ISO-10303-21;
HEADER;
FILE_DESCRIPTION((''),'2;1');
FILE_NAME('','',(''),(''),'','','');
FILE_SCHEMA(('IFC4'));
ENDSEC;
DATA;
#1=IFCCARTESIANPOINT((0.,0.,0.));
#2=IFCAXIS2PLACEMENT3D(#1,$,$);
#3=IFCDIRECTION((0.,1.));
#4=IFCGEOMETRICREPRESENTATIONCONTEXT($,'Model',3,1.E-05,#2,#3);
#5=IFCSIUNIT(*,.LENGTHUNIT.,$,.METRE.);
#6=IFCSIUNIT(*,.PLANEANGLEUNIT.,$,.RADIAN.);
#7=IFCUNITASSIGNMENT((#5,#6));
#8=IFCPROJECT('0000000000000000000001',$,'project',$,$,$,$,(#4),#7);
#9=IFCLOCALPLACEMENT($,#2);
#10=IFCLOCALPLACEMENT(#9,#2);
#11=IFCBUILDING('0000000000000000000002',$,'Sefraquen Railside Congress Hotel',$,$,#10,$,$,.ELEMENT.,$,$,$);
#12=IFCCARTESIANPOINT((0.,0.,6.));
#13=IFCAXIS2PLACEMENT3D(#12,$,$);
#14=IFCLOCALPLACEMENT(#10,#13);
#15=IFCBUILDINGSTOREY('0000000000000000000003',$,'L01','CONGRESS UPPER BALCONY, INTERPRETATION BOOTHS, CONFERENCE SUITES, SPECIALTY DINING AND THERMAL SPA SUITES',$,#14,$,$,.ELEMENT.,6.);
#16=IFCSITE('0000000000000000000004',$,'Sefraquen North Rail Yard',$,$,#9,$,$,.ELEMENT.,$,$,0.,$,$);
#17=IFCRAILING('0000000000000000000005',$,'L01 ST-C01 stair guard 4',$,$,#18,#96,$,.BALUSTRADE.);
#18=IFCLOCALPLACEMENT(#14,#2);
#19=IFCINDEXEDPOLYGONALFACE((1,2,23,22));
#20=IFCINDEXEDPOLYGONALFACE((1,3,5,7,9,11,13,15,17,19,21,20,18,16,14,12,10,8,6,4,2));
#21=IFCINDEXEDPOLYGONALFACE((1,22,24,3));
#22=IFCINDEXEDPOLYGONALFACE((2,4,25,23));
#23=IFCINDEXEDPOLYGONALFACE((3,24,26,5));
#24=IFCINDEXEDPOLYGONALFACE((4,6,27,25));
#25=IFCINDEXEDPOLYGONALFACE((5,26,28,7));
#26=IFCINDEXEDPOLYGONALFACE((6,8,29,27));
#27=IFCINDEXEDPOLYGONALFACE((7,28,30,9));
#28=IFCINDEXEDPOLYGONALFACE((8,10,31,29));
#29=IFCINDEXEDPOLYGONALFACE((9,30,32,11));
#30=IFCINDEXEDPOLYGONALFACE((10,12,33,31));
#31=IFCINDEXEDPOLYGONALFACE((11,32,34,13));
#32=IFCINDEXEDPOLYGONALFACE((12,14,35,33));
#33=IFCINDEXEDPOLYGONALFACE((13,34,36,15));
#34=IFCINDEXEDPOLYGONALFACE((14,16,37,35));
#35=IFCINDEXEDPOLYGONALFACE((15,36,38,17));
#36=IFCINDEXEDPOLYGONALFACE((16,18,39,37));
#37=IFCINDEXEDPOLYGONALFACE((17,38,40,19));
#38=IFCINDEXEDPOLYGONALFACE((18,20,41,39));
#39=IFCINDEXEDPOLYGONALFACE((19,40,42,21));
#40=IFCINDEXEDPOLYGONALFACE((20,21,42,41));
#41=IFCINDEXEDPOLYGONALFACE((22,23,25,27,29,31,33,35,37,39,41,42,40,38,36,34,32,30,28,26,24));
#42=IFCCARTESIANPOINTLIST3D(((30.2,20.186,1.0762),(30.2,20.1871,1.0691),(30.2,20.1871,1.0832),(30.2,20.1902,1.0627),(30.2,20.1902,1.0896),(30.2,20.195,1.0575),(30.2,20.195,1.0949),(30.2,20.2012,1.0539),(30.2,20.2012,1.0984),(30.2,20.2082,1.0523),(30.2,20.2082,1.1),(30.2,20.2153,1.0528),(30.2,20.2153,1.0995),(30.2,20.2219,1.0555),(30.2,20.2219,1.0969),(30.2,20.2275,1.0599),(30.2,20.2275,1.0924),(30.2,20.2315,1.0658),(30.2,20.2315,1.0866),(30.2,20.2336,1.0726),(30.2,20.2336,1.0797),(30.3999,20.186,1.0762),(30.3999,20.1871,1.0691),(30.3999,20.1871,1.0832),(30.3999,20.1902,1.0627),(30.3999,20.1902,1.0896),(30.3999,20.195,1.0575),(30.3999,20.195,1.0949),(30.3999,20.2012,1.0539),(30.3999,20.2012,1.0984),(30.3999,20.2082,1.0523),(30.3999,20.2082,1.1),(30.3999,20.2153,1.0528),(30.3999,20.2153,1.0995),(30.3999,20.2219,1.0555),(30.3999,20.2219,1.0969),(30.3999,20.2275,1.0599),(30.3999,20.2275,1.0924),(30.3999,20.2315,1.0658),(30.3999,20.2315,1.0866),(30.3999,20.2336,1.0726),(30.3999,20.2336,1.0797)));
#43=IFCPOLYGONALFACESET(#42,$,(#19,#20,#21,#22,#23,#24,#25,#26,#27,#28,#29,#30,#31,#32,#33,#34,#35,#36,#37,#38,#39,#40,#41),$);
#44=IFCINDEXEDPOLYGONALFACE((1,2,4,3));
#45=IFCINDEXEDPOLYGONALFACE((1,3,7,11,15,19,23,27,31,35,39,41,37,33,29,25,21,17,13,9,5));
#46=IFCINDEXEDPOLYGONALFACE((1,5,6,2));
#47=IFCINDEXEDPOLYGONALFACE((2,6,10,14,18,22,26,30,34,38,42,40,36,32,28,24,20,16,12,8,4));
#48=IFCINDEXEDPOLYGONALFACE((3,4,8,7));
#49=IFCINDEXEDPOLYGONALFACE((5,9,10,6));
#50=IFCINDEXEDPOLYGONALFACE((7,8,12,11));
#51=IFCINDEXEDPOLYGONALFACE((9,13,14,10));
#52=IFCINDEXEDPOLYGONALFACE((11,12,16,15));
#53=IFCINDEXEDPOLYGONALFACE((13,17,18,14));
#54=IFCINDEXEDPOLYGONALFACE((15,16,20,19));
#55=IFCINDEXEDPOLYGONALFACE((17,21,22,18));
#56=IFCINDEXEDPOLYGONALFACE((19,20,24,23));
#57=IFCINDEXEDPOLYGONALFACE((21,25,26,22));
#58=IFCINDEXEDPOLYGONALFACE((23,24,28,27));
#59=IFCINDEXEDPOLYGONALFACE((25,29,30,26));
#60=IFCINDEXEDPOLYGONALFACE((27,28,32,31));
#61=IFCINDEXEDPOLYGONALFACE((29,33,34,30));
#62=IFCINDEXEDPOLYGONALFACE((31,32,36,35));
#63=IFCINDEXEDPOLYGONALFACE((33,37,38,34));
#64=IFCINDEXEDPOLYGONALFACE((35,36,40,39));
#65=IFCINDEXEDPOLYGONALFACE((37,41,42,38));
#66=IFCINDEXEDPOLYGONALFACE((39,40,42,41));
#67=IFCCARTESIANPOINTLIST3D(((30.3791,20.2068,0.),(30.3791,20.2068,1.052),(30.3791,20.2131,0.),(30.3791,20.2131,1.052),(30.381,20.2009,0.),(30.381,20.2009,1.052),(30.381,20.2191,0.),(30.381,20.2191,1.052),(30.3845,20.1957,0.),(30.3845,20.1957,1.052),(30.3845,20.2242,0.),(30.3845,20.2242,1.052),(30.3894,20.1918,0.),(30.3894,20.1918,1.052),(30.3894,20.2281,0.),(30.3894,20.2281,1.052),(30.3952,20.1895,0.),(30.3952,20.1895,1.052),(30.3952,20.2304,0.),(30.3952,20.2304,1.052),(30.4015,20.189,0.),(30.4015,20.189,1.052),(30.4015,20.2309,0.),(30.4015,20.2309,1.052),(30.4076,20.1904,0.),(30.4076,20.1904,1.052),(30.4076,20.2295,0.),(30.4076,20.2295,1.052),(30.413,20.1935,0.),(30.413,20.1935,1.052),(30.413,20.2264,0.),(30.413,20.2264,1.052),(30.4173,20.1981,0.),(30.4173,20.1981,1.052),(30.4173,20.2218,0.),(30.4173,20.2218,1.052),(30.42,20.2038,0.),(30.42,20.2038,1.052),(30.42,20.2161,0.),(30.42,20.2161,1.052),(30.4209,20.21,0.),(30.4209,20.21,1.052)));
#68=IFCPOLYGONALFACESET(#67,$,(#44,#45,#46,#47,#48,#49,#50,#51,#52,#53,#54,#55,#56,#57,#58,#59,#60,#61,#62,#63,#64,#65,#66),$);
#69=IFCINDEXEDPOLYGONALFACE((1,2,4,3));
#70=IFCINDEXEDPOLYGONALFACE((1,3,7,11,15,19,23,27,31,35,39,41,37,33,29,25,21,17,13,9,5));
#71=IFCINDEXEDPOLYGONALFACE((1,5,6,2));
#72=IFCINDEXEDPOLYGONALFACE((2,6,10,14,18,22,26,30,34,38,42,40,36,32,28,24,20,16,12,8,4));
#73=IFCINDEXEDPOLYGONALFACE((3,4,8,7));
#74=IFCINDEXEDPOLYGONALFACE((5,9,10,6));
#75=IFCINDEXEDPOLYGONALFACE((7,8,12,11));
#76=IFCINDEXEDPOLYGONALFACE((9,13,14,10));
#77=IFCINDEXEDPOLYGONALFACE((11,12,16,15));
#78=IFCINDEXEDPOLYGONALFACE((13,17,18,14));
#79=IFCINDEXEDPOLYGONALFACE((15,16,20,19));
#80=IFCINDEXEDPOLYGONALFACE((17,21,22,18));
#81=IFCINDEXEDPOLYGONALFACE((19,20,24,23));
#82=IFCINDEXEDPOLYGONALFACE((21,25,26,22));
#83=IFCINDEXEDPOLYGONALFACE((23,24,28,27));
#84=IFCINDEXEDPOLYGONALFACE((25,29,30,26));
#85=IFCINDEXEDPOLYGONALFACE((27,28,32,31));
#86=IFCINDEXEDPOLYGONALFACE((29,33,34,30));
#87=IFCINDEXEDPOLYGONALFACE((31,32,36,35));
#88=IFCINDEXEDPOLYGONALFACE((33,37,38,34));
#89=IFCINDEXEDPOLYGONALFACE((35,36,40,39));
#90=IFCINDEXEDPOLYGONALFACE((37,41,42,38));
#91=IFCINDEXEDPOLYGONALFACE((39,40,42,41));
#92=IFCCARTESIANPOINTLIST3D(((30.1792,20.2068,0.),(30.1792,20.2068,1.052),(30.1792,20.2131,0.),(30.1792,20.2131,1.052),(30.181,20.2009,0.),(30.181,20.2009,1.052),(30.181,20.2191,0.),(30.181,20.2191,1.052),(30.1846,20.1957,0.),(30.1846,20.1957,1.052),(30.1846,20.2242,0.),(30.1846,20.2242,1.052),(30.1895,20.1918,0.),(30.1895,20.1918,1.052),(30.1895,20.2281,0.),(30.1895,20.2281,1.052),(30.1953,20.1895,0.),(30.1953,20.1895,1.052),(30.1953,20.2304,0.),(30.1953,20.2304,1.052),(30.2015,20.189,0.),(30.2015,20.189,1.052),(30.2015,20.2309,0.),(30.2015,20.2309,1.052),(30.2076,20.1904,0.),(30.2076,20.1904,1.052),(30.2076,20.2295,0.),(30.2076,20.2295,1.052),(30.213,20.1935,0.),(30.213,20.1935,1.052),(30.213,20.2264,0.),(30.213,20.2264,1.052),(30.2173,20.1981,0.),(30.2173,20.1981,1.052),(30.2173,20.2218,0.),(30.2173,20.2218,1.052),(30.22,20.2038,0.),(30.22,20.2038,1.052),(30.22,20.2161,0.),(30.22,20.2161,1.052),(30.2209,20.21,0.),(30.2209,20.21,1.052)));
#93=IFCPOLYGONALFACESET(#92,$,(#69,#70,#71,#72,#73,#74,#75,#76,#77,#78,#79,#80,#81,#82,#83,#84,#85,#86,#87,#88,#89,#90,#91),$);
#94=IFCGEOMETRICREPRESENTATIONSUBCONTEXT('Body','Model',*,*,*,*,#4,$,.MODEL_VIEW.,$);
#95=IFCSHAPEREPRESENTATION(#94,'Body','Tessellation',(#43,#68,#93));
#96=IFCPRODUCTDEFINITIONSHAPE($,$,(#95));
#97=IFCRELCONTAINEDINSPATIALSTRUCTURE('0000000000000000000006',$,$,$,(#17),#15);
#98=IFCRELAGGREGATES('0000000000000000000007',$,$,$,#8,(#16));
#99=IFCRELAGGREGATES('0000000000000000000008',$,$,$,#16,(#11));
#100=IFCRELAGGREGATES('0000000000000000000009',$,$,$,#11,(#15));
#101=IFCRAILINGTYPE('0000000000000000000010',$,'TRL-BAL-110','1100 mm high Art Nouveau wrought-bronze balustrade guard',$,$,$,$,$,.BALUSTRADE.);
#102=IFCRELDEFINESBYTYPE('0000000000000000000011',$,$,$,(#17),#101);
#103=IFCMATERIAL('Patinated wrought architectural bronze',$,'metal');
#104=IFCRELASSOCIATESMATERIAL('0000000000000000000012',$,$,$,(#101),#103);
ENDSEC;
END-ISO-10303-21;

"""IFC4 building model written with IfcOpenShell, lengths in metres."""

from ifc_helpers import new_model, si_unit, direction, frame, origin, origin_2d, place, context, subcontext, project, spatial, circle, extrude, material, type_object, element, save


model = new_model("IFC4")

# Units and contexts
model_context = context("Model", 3, precision=1e-05, world=origin(), true_north=direction((0.0, 1.0)))
body_context = subcontext(model_context, "Body", "Model", "MODEL_VIEW")
ifc_project = project(units=[si_unit("LENGTHUNIT", "METRE"), si_unit("PLANEANGLEUNIT", "RADIAN")], contexts=[model_context])

# Site, building, storey
site_placement = place(None, origin())
site = spatial("IfcSite", under=ifc_project, at=site_placement, Name="Sefraquen North Rail Yard", CompositionType="ELEMENT", RefElevation=0.0)
building_placement = place(site_placement, origin())
building = spatial("IfcBuilding", under=site, at=building_placement, Name="Sefraquen Railside Congress Hotel", CompositionType="ELEMENT")
storey_placement = place(building_placement, frame((0.0, 0.0, 6.0)))
storey = spatial("IfcBuildingStorey", under=building, at=storey_placement, Name="L01", Description="CONGRESS UPPER BALCONY, INTERPRETATION BOOTHS, CONFERENCE SUITES, SPECIALTY DINING AND THERMAL SPA SUITES", CompositionType="ELEMENT", Elevation=6.0)

# Railing
ifc_material_1 = material(Name="Patinated wrought architectural bronze", Category="metal")
railing_type_1 = type_object("IfcRailingType", Name="TRL-BAL-110", Description="1100 mm high Art Nouveau wrought-bronze balustrade guard", PredefinedType="BALUSTRADE", material=ifc_material_1)
railing_1_placement = place(storey_placement, frame((30.3999, 20.21, 0.0)))
element("IfcRailing", 1, at=railing_1_placement, inside=storey, type_object=railing_type_1, Name="L01 ST-C01 stair guard 4", PredefinedType="BALUSTRADE", context=body_context, shape_type="SweptSolid", body=[
    extrude(circle(Radius=0.0239, at=origin_2d()), frame((0.0, 0.0, 1.0762), z_axis=(-1.0, 0.0, 0.0), x_axis=(0.0, -1.0, 0.0)), (0.0, 0.0, 1.0), 0.2),
    extrude(circle(Radius=0.021, at=origin_2d()), origin(), (0.0, 0.0, 1.0), 1.052),
    extrude(circle(Radius=0.021, at=origin_2d()), frame((-0.2, 0.0, 0.0)), (0.0, 0.0, 1.0), 1.052),
])

save(model, "model.ifc")
